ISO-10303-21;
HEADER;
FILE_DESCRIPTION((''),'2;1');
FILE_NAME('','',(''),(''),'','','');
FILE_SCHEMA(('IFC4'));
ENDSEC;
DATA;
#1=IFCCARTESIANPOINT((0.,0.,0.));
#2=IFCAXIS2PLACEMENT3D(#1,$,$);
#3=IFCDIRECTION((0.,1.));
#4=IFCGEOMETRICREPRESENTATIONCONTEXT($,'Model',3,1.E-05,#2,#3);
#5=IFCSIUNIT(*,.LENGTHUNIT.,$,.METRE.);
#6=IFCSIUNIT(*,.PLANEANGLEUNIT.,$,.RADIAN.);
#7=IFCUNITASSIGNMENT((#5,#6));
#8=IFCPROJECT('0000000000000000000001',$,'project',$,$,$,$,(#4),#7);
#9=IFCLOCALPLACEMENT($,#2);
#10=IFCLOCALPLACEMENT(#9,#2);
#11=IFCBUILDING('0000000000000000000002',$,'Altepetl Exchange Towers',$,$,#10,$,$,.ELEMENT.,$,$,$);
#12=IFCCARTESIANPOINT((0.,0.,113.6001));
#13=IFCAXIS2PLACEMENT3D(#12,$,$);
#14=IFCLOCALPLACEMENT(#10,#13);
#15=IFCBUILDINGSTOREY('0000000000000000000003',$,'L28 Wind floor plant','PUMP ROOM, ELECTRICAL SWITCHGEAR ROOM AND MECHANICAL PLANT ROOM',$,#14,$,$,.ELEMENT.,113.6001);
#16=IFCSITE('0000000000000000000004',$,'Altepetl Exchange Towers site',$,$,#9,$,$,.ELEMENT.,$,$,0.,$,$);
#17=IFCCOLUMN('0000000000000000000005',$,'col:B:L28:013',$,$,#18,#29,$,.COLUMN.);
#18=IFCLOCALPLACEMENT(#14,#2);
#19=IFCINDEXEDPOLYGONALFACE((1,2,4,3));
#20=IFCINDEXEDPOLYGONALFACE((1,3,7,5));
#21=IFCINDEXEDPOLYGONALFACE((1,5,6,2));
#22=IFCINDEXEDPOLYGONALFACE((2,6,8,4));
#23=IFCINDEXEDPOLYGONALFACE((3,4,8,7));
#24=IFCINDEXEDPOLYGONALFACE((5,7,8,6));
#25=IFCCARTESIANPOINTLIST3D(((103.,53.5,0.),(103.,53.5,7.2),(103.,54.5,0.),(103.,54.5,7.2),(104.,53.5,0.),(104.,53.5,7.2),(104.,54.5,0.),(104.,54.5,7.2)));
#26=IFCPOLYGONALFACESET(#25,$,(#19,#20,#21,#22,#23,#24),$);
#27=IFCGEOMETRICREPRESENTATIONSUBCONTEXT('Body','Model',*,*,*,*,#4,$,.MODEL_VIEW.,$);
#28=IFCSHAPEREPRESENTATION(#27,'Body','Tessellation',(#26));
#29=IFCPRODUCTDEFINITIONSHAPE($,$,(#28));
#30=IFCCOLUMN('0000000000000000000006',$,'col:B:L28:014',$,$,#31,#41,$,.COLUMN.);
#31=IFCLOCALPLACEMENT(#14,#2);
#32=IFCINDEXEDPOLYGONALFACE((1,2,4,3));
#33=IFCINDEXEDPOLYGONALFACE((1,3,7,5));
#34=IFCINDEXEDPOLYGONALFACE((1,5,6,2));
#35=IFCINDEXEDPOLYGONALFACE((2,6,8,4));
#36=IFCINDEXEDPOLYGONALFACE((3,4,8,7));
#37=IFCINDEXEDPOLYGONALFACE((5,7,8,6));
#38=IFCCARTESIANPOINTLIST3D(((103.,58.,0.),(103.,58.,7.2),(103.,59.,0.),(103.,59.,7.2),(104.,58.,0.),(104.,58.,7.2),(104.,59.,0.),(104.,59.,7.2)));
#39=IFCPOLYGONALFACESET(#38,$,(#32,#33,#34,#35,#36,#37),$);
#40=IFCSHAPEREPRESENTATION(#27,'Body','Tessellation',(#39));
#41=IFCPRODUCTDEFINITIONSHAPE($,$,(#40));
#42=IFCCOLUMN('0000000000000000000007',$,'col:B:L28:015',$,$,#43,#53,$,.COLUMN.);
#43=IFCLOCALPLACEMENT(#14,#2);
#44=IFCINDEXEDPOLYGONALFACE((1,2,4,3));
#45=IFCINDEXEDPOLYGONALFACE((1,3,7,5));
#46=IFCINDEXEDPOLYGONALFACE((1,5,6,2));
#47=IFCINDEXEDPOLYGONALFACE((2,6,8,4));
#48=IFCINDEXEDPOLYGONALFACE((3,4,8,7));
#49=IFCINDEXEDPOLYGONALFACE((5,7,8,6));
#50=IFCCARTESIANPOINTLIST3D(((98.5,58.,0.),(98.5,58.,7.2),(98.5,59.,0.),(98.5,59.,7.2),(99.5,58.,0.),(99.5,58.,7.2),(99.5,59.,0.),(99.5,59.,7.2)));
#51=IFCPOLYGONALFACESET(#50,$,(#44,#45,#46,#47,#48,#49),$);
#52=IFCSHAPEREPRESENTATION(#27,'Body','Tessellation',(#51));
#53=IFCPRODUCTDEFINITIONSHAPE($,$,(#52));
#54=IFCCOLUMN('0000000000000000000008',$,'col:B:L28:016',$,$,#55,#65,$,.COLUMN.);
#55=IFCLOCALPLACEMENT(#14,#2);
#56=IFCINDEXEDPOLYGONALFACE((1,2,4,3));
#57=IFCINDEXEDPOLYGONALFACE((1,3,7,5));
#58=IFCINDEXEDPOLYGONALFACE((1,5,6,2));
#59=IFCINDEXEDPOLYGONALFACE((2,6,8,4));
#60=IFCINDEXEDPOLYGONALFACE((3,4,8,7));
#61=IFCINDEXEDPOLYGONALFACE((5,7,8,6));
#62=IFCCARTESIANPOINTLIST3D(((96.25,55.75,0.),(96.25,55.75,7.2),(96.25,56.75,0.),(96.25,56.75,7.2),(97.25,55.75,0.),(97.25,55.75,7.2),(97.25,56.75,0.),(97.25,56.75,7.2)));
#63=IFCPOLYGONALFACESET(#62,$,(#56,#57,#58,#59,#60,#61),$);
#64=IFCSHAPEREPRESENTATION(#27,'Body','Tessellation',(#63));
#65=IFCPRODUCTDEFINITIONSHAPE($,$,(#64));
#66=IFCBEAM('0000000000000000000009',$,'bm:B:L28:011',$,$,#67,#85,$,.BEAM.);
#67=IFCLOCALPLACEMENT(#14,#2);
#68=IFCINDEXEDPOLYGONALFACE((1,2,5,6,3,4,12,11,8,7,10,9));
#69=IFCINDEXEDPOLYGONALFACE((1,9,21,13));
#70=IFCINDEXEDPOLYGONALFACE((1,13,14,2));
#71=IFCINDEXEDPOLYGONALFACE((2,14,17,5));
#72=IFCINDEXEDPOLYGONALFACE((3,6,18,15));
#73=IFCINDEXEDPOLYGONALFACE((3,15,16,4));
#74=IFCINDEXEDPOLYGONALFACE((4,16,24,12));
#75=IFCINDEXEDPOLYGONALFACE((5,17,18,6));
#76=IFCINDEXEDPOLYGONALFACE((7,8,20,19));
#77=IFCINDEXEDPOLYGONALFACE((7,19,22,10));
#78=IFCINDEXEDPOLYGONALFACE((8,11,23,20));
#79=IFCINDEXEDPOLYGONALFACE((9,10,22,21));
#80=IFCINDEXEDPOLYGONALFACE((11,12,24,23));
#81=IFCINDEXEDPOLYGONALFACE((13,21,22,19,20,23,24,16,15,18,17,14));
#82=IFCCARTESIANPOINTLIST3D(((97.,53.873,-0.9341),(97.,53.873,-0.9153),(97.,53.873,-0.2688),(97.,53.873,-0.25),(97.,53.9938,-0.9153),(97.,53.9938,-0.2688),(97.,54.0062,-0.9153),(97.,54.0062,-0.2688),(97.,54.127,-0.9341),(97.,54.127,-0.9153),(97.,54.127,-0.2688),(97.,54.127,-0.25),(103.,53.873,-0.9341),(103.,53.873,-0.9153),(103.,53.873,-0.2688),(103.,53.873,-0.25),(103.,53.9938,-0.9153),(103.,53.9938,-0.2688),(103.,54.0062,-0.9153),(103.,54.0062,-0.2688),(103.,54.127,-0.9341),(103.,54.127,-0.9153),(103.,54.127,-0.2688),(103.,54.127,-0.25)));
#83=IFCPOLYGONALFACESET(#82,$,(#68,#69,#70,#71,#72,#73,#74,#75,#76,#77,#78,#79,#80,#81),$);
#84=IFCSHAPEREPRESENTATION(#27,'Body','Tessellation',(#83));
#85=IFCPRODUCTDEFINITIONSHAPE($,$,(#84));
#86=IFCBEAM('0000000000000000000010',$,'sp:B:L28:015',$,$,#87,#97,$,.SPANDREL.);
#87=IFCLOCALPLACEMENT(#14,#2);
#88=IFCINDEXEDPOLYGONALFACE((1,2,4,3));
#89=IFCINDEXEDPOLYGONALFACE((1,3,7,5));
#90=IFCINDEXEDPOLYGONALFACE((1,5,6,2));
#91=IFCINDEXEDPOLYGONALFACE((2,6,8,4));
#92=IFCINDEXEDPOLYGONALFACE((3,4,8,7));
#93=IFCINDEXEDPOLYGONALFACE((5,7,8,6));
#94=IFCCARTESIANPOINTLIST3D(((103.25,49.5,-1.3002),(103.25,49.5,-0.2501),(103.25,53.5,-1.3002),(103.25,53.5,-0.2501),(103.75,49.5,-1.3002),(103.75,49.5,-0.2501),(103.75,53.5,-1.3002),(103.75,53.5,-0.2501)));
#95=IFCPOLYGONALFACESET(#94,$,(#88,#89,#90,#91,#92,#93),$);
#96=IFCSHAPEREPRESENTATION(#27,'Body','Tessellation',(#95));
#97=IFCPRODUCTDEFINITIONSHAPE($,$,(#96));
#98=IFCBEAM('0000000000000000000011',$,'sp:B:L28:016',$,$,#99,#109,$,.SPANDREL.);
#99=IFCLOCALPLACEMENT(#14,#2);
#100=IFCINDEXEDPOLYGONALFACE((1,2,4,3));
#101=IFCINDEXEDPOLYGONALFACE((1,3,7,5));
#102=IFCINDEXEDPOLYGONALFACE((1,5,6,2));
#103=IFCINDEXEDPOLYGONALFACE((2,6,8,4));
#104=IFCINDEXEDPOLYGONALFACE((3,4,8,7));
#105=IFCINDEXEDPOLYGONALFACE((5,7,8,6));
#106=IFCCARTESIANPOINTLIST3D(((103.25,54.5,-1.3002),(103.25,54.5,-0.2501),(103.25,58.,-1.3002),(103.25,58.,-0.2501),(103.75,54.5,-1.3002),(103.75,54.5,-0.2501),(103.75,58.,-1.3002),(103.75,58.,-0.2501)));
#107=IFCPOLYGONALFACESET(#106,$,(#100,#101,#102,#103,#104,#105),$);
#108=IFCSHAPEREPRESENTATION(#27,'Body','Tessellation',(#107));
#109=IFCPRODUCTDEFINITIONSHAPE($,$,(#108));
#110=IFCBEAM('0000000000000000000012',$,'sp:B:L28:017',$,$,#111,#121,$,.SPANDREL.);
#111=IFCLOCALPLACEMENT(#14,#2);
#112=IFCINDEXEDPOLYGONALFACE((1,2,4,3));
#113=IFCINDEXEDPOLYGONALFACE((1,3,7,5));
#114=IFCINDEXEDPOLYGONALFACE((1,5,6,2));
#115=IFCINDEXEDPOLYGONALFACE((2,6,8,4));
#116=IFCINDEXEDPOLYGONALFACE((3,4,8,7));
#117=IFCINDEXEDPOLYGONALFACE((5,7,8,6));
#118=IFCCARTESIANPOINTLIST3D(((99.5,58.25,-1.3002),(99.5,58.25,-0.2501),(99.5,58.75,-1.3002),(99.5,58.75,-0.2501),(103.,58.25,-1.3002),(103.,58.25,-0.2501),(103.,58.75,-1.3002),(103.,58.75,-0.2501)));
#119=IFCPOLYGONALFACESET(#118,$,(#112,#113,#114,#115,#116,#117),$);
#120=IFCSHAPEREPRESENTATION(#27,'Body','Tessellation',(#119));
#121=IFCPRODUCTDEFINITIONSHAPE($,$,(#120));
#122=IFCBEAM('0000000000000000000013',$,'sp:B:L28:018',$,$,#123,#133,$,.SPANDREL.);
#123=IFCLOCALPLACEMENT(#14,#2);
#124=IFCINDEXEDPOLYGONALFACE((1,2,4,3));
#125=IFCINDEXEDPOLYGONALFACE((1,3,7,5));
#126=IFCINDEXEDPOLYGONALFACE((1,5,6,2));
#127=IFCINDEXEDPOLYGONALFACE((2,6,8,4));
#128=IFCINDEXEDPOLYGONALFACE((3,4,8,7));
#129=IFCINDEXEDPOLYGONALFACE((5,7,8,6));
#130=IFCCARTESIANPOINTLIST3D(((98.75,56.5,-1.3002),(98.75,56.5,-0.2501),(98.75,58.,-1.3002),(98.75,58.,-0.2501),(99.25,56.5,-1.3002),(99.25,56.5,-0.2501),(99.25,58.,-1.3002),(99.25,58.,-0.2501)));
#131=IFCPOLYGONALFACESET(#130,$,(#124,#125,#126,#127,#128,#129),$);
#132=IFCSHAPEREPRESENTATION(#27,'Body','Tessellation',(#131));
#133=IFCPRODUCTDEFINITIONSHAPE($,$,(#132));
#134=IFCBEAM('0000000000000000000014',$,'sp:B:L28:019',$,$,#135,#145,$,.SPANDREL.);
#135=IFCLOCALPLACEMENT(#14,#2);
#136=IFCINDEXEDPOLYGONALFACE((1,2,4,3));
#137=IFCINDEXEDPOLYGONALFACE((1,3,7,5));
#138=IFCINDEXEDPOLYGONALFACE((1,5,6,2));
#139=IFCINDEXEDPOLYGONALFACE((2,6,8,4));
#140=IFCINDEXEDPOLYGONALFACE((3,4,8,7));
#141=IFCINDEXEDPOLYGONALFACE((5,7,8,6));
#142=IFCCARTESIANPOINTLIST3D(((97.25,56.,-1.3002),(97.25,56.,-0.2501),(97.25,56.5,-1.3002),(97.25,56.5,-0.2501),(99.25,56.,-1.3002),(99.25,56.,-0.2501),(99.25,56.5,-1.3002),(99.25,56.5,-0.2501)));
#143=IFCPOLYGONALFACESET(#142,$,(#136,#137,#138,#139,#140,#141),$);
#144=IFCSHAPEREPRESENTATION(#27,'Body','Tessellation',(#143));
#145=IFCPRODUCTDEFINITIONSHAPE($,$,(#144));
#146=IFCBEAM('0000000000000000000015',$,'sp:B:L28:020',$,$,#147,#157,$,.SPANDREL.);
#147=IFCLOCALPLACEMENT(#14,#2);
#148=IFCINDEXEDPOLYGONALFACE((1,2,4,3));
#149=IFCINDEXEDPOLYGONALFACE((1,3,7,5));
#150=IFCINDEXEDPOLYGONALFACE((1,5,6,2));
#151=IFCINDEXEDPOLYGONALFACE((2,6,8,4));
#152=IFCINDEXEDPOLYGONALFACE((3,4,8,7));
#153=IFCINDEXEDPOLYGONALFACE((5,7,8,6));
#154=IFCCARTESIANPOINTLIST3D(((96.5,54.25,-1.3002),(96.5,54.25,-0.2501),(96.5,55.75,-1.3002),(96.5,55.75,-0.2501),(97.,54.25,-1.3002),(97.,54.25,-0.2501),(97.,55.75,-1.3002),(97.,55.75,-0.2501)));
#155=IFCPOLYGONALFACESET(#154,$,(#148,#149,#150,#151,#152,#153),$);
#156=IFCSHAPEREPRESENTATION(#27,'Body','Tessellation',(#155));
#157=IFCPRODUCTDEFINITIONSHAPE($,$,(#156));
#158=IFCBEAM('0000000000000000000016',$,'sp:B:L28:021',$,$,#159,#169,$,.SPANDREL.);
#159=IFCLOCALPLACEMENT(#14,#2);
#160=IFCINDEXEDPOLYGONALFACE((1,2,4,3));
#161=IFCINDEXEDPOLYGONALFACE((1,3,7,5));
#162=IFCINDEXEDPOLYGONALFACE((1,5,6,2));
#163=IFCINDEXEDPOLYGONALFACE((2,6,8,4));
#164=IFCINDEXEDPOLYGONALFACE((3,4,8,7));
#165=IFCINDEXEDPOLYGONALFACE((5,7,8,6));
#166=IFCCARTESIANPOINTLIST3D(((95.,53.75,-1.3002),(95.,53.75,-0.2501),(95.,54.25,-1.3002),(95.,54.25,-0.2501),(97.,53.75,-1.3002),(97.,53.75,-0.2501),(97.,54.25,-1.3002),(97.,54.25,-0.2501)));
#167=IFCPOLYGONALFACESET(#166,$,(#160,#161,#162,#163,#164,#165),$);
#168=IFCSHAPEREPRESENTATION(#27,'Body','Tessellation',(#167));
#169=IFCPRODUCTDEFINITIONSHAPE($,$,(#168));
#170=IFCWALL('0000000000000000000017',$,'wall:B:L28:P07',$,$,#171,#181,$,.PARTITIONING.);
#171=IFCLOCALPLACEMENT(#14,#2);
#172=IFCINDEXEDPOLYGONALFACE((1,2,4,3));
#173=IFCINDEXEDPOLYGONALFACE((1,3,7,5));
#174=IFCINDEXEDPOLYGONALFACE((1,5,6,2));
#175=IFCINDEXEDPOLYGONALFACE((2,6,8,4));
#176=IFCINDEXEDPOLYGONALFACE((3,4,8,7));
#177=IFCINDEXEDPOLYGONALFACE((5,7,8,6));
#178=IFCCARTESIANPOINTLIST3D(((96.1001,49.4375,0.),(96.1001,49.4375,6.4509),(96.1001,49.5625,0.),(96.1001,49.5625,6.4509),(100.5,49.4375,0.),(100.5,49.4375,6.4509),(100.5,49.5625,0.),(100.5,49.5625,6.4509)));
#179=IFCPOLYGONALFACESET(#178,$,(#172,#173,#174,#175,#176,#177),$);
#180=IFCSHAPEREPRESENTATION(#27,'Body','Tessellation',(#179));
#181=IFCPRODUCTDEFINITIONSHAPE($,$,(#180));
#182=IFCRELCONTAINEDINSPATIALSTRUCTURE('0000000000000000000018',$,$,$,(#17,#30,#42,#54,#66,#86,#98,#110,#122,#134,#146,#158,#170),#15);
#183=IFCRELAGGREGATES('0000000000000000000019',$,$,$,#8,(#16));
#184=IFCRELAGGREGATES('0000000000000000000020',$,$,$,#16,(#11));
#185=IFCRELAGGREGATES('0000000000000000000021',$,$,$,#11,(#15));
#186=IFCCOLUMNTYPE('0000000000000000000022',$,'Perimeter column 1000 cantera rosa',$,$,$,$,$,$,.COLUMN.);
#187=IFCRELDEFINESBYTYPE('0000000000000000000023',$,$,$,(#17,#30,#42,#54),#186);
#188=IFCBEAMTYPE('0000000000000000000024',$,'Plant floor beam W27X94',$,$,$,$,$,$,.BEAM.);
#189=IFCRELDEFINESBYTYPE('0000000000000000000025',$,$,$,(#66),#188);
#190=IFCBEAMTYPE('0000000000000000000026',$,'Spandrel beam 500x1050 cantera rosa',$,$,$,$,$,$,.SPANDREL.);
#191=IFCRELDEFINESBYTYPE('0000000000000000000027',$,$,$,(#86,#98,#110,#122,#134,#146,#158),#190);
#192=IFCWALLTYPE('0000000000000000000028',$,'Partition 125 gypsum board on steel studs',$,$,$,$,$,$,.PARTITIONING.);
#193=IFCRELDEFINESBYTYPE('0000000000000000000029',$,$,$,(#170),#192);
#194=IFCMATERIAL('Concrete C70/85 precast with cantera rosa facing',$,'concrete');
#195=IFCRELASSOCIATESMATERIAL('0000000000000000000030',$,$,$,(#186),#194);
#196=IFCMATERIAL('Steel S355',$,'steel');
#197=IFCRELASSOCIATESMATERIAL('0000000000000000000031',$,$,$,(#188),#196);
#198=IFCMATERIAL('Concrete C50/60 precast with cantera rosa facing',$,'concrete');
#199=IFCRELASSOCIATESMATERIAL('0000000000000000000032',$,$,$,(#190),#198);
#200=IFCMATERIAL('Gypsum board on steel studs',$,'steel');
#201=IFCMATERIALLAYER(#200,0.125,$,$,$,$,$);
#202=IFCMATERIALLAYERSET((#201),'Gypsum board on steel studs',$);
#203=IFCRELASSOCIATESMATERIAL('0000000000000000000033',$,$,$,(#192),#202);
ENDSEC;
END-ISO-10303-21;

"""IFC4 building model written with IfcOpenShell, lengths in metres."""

from ifc_helpers import new_model, si_unit, direction, frame, frame_2d, origin, origin_2d, place, context, subcontext, project, spatial, rectangle, i_section, extrude, material, layer, layer_set, material_profile, profile_set, type_object, element, save


model = new_model("IFC4")

# Units and contexts
model_context = context("Model", 3, precision=1e-05, world=origin(), true_north=direction((0.0, 1.0)))
body_context = subcontext(model_context, "Body", "Model", "MODEL_VIEW")
ifc_project = project(units=[si_unit("LENGTHUNIT", "METRE"), si_unit("PLANEANGLEUNIT", "RADIAN")], contexts=[model_context])

# Site, building, storey
site_placement = place(None, origin())
site = spatial("IfcSite", under=ifc_project, at=site_placement, Name="Altepetl Exchange Towers site", CompositionType="ELEMENT", RefElevation=0.0)
building_placement = place(site_placement, origin())
building = spatial("IfcBuilding", under=site, at=building_placement, Name="Altepetl Exchange Towers", CompositionType="ELEMENT")
storey_placement = place(building_placement, frame((0.0, 0.0, 113.6001)))
storey = spatial("IfcBuildingStorey", under=building, at=storey_placement, Name="L28 Wind floor plant", Description="PUMP ROOM, ELECTRICAL SWITCHGEAR ROOM AND MECHANICAL PLANT ROOM", CompositionType="ELEMENT", Elevation=113.6001)

# Columns
ifc_material_1 = material(Name="Concrete C70/85 precast with cantera rosa facing", Category="concrete")
ifc_material_profile_1 = material_profile(ifc_material_1, rectangle(XDim=1.0, YDim=1.0, at=origin_2d()), Name="1000 x 1000")
ifc_profile_set_1 = profile_set([ifc_material_profile_1], Name="Concrete C70/85 precast with cantera rosa facing")
column_type = type_object("IfcColumnType", Name="Perimeter column 1000 cantera rosa", PredefinedType="COLUMN", material=ifc_profile_set_1)
for number, where, name in (
    (1, (103.5, 54.0, 0.0), "col:B:L28:013"),
    (2, (103.5, 58.5, 0.0), "col:B:L28:014"),
    (3, (99.0, 58.5, 0.0), "col:B:L28:015"),
    (4, (96.75, 56.25, 0.0), "col:B:L28:016"),
):
    element("IfcColumn", number, at=place(storey_placement, frame(where)), inside=storey, type_object=column_type, Name=name, PredefinedType="COLUMN", context=body_context, shape_type="SweptSolid", body=[
        extrude(rectangle(XDim=1.0, YDim=1.0, at=origin_2d()), origin(), (0.0, 0.0, 1.0), 7.2),
    ])

# Beams
ifc_material_2 = material(Name="Steel S355", Category="steel")
ifc_material_profile_2 = material_profile(ifc_material_2, i_section(OverallWidth=0.2539, OverallDepth=0.6841, WebThickness=0.0125, FlangeThickness=0.0188, at=origin_2d()), Name="W27X94")
ifc_profile_set_2 = profile_set([ifc_material_profile_2], Name="Steel S355")
beam_type_1 = type_object("IfcBeamType", Name="Plant floor beam W27X94", PredefinedType="BEAM", material=ifc_profile_set_2)
beam_1_placement = place(storey_placement, frame((97.0, 54.0, -0.592), z_axis=(1.0, 0.0, 0.0), x_axis=(0.0, 1.0, 0.0)))
element("IfcBeam", 5, at=beam_1_placement, inside=storey, type_object=beam_type_1, Name="bm:B:L28:011", PredefinedType="BEAM", context=body_context, shape_type="SweptSolid", body=[
    extrude(i_section(OverallWidth=0.2539, OverallDepth=0.6841, WebThickness=0.0125, FlangeThickness=0.0188, at=origin_2d()), origin(), (0.0, 0.0, 1.0), 6.0),
])
ifc_material_3 = material(Name="Concrete C50/60 precast with cantera rosa facing", Category="concrete")
ifc_material_profile_3 = material_profile(ifc_material_3, rectangle(XDim=0.5, YDim=1.05, at=origin_2d()), Name="500 x 1050")
ifc_profile_set_3 = profile_set([ifc_material_profile_3], Name="Concrete C50/60 precast with cantera rosa facing")
beam_type_2 = type_object("IfcBeamType", Name="Spandrel beam 500x1050 cantera rosa", PredefinedType="SPANDREL", material=ifc_profile_set_3)
beam_2_placement = place(storey_placement, frame((103.5, 49.5, -0.7751), z_axis=(0.0, 1.0, 0.0), x_axis=(-1.0, 0.0, 0.0)))
element("IfcBeam", 6, at=beam_2_placement, inside=storey, type_object=beam_type_2, Name="sp:B:L28:015", PredefinedType="SPANDREL", context=body_context, shape_type="SweptSolid", body=[
    extrude(rectangle(XDim=0.5, YDim=1.05, at=origin_2d()), origin(), (0.0, 0.0, 1.0), 4.0),
])
for number, where, z_axis, x_axis, name in (
    (7, (103.5, 54.5, -0.7751), (0.0, 1.0, 0.0), (-1.0, 0.0, 0.0), "sp:B:L28:016"),
    (8, (103.0, 58.5, -0.7751), (-1.0, 0.0, 0.0), (0.0, -1.0, 0.0), "sp:B:L28:017"),
):
    element("IfcBeam", number, at=place(storey_placement, frame(where, z_axis=z_axis, x_axis=x_axis)), inside=storey, type_object=beam_type_2, Name=name, PredefinedType="SPANDREL", context=body_context, shape_type="SweptSolid", body=[
        extrude(rectangle(XDim=0.5, YDim=1.05, at=origin_2d()), origin(), (0.0, 0.0, 1.0), 3.5),
    ])
beam_3_placement = place(storey_placement, frame((99.0, 58.0, -0.7751), z_axis=(0.0, -1.0, 0.0), x_axis=(1.0, 0.0, 0.0)))
element("IfcBeam", 9, at=beam_3_placement, inside=storey, type_object=beam_type_2, Name="sp:B:L28:018", PredefinedType="SPANDREL", context=body_context, shape_type="SweptSolid", body=[
    extrude(rectangle(XDim=0.5, YDim=1.05, at=origin_2d()), origin(), (0.0, 0.0, 1.0), 1.5),
])
beam_4_placement = place(storey_placement, frame((99.25, 56.25, -0.7751), z_axis=(-1.0, 0.0, 0.0), x_axis=(0.0, -1.0, 0.0)))
element("IfcBeam", 10, at=beam_4_placement, inside=storey, type_object=beam_type_2, Name="sp:B:L28:019", PredefinedType="SPANDREL", context=body_context, shape_type="SweptSolid", body=[
    extrude(rectangle(XDim=0.5, YDim=1.05, at=origin_2d()), origin(), (0.0, 0.0, 1.0), 2.0),
])
beam_5_placement = place(storey_placement, frame((96.75, 55.75, -0.7751), z_axis=(0.0, -1.0, 0.0), x_axis=(1.0, 0.0, 0.0)))
element("IfcBeam", 11, at=beam_5_placement, inside=storey, type_object=beam_type_2, Name="sp:B:L28:020", PredefinedType="SPANDREL", context=body_context, shape_type="SweptSolid", body=[
    extrude(rectangle(XDim=0.5, YDim=1.05, at=origin_2d()), origin(), (0.0, 0.0, 1.0), 1.5),
])
beam_6_placement = place(storey_placement, frame((97.0, 54.0, -0.7751), z_axis=(-1.0, 0.0, 0.0), x_axis=(0.0, -1.0, 0.0)))
element("IfcBeam", 12, at=beam_6_placement, inside=storey, type_object=beam_type_2, Name="sp:B:L28:021", PredefinedType="SPANDREL", context=body_context, shape_type="SweptSolid", body=[
    extrude(rectangle(XDim=0.5, YDim=1.05, at=origin_2d()), origin(), (0.0, 0.0, 1.0), 2.0),
])

# Wall
ifc_material_4 = material(Name="Gypsum board on steel studs", Category="steel")
ifc_layer = layer(ifc_material_4, 0.125)
ifc_layer_set = layer_set([ifc_layer], Name="Gypsum board on steel studs")
wall_type = type_object("IfcWallType", Name="Partition 125 gypsum board on steel studs", PredefinedType="PARTITIONING", material=ifc_layer_set)
wall_1_placement = place(storey_placement, frame((96.1001, 49.5, 0.0)))
element("IfcWall", 13, at=wall_1_placement, inside=storey, type_object=wall_type, Name="wall:B:L28:P07", PredefinedType="PARTITIONING", context=body_context, shape_type="SweptSolid", body=[
    extrude(rectangle(XDim=4.3999, YDim=0.125, at=frame_2d((2.2, 0.0))), origin(), (0.0, 0.0, 1.0), 6.4509),
])

save(model, "model.ifc")
